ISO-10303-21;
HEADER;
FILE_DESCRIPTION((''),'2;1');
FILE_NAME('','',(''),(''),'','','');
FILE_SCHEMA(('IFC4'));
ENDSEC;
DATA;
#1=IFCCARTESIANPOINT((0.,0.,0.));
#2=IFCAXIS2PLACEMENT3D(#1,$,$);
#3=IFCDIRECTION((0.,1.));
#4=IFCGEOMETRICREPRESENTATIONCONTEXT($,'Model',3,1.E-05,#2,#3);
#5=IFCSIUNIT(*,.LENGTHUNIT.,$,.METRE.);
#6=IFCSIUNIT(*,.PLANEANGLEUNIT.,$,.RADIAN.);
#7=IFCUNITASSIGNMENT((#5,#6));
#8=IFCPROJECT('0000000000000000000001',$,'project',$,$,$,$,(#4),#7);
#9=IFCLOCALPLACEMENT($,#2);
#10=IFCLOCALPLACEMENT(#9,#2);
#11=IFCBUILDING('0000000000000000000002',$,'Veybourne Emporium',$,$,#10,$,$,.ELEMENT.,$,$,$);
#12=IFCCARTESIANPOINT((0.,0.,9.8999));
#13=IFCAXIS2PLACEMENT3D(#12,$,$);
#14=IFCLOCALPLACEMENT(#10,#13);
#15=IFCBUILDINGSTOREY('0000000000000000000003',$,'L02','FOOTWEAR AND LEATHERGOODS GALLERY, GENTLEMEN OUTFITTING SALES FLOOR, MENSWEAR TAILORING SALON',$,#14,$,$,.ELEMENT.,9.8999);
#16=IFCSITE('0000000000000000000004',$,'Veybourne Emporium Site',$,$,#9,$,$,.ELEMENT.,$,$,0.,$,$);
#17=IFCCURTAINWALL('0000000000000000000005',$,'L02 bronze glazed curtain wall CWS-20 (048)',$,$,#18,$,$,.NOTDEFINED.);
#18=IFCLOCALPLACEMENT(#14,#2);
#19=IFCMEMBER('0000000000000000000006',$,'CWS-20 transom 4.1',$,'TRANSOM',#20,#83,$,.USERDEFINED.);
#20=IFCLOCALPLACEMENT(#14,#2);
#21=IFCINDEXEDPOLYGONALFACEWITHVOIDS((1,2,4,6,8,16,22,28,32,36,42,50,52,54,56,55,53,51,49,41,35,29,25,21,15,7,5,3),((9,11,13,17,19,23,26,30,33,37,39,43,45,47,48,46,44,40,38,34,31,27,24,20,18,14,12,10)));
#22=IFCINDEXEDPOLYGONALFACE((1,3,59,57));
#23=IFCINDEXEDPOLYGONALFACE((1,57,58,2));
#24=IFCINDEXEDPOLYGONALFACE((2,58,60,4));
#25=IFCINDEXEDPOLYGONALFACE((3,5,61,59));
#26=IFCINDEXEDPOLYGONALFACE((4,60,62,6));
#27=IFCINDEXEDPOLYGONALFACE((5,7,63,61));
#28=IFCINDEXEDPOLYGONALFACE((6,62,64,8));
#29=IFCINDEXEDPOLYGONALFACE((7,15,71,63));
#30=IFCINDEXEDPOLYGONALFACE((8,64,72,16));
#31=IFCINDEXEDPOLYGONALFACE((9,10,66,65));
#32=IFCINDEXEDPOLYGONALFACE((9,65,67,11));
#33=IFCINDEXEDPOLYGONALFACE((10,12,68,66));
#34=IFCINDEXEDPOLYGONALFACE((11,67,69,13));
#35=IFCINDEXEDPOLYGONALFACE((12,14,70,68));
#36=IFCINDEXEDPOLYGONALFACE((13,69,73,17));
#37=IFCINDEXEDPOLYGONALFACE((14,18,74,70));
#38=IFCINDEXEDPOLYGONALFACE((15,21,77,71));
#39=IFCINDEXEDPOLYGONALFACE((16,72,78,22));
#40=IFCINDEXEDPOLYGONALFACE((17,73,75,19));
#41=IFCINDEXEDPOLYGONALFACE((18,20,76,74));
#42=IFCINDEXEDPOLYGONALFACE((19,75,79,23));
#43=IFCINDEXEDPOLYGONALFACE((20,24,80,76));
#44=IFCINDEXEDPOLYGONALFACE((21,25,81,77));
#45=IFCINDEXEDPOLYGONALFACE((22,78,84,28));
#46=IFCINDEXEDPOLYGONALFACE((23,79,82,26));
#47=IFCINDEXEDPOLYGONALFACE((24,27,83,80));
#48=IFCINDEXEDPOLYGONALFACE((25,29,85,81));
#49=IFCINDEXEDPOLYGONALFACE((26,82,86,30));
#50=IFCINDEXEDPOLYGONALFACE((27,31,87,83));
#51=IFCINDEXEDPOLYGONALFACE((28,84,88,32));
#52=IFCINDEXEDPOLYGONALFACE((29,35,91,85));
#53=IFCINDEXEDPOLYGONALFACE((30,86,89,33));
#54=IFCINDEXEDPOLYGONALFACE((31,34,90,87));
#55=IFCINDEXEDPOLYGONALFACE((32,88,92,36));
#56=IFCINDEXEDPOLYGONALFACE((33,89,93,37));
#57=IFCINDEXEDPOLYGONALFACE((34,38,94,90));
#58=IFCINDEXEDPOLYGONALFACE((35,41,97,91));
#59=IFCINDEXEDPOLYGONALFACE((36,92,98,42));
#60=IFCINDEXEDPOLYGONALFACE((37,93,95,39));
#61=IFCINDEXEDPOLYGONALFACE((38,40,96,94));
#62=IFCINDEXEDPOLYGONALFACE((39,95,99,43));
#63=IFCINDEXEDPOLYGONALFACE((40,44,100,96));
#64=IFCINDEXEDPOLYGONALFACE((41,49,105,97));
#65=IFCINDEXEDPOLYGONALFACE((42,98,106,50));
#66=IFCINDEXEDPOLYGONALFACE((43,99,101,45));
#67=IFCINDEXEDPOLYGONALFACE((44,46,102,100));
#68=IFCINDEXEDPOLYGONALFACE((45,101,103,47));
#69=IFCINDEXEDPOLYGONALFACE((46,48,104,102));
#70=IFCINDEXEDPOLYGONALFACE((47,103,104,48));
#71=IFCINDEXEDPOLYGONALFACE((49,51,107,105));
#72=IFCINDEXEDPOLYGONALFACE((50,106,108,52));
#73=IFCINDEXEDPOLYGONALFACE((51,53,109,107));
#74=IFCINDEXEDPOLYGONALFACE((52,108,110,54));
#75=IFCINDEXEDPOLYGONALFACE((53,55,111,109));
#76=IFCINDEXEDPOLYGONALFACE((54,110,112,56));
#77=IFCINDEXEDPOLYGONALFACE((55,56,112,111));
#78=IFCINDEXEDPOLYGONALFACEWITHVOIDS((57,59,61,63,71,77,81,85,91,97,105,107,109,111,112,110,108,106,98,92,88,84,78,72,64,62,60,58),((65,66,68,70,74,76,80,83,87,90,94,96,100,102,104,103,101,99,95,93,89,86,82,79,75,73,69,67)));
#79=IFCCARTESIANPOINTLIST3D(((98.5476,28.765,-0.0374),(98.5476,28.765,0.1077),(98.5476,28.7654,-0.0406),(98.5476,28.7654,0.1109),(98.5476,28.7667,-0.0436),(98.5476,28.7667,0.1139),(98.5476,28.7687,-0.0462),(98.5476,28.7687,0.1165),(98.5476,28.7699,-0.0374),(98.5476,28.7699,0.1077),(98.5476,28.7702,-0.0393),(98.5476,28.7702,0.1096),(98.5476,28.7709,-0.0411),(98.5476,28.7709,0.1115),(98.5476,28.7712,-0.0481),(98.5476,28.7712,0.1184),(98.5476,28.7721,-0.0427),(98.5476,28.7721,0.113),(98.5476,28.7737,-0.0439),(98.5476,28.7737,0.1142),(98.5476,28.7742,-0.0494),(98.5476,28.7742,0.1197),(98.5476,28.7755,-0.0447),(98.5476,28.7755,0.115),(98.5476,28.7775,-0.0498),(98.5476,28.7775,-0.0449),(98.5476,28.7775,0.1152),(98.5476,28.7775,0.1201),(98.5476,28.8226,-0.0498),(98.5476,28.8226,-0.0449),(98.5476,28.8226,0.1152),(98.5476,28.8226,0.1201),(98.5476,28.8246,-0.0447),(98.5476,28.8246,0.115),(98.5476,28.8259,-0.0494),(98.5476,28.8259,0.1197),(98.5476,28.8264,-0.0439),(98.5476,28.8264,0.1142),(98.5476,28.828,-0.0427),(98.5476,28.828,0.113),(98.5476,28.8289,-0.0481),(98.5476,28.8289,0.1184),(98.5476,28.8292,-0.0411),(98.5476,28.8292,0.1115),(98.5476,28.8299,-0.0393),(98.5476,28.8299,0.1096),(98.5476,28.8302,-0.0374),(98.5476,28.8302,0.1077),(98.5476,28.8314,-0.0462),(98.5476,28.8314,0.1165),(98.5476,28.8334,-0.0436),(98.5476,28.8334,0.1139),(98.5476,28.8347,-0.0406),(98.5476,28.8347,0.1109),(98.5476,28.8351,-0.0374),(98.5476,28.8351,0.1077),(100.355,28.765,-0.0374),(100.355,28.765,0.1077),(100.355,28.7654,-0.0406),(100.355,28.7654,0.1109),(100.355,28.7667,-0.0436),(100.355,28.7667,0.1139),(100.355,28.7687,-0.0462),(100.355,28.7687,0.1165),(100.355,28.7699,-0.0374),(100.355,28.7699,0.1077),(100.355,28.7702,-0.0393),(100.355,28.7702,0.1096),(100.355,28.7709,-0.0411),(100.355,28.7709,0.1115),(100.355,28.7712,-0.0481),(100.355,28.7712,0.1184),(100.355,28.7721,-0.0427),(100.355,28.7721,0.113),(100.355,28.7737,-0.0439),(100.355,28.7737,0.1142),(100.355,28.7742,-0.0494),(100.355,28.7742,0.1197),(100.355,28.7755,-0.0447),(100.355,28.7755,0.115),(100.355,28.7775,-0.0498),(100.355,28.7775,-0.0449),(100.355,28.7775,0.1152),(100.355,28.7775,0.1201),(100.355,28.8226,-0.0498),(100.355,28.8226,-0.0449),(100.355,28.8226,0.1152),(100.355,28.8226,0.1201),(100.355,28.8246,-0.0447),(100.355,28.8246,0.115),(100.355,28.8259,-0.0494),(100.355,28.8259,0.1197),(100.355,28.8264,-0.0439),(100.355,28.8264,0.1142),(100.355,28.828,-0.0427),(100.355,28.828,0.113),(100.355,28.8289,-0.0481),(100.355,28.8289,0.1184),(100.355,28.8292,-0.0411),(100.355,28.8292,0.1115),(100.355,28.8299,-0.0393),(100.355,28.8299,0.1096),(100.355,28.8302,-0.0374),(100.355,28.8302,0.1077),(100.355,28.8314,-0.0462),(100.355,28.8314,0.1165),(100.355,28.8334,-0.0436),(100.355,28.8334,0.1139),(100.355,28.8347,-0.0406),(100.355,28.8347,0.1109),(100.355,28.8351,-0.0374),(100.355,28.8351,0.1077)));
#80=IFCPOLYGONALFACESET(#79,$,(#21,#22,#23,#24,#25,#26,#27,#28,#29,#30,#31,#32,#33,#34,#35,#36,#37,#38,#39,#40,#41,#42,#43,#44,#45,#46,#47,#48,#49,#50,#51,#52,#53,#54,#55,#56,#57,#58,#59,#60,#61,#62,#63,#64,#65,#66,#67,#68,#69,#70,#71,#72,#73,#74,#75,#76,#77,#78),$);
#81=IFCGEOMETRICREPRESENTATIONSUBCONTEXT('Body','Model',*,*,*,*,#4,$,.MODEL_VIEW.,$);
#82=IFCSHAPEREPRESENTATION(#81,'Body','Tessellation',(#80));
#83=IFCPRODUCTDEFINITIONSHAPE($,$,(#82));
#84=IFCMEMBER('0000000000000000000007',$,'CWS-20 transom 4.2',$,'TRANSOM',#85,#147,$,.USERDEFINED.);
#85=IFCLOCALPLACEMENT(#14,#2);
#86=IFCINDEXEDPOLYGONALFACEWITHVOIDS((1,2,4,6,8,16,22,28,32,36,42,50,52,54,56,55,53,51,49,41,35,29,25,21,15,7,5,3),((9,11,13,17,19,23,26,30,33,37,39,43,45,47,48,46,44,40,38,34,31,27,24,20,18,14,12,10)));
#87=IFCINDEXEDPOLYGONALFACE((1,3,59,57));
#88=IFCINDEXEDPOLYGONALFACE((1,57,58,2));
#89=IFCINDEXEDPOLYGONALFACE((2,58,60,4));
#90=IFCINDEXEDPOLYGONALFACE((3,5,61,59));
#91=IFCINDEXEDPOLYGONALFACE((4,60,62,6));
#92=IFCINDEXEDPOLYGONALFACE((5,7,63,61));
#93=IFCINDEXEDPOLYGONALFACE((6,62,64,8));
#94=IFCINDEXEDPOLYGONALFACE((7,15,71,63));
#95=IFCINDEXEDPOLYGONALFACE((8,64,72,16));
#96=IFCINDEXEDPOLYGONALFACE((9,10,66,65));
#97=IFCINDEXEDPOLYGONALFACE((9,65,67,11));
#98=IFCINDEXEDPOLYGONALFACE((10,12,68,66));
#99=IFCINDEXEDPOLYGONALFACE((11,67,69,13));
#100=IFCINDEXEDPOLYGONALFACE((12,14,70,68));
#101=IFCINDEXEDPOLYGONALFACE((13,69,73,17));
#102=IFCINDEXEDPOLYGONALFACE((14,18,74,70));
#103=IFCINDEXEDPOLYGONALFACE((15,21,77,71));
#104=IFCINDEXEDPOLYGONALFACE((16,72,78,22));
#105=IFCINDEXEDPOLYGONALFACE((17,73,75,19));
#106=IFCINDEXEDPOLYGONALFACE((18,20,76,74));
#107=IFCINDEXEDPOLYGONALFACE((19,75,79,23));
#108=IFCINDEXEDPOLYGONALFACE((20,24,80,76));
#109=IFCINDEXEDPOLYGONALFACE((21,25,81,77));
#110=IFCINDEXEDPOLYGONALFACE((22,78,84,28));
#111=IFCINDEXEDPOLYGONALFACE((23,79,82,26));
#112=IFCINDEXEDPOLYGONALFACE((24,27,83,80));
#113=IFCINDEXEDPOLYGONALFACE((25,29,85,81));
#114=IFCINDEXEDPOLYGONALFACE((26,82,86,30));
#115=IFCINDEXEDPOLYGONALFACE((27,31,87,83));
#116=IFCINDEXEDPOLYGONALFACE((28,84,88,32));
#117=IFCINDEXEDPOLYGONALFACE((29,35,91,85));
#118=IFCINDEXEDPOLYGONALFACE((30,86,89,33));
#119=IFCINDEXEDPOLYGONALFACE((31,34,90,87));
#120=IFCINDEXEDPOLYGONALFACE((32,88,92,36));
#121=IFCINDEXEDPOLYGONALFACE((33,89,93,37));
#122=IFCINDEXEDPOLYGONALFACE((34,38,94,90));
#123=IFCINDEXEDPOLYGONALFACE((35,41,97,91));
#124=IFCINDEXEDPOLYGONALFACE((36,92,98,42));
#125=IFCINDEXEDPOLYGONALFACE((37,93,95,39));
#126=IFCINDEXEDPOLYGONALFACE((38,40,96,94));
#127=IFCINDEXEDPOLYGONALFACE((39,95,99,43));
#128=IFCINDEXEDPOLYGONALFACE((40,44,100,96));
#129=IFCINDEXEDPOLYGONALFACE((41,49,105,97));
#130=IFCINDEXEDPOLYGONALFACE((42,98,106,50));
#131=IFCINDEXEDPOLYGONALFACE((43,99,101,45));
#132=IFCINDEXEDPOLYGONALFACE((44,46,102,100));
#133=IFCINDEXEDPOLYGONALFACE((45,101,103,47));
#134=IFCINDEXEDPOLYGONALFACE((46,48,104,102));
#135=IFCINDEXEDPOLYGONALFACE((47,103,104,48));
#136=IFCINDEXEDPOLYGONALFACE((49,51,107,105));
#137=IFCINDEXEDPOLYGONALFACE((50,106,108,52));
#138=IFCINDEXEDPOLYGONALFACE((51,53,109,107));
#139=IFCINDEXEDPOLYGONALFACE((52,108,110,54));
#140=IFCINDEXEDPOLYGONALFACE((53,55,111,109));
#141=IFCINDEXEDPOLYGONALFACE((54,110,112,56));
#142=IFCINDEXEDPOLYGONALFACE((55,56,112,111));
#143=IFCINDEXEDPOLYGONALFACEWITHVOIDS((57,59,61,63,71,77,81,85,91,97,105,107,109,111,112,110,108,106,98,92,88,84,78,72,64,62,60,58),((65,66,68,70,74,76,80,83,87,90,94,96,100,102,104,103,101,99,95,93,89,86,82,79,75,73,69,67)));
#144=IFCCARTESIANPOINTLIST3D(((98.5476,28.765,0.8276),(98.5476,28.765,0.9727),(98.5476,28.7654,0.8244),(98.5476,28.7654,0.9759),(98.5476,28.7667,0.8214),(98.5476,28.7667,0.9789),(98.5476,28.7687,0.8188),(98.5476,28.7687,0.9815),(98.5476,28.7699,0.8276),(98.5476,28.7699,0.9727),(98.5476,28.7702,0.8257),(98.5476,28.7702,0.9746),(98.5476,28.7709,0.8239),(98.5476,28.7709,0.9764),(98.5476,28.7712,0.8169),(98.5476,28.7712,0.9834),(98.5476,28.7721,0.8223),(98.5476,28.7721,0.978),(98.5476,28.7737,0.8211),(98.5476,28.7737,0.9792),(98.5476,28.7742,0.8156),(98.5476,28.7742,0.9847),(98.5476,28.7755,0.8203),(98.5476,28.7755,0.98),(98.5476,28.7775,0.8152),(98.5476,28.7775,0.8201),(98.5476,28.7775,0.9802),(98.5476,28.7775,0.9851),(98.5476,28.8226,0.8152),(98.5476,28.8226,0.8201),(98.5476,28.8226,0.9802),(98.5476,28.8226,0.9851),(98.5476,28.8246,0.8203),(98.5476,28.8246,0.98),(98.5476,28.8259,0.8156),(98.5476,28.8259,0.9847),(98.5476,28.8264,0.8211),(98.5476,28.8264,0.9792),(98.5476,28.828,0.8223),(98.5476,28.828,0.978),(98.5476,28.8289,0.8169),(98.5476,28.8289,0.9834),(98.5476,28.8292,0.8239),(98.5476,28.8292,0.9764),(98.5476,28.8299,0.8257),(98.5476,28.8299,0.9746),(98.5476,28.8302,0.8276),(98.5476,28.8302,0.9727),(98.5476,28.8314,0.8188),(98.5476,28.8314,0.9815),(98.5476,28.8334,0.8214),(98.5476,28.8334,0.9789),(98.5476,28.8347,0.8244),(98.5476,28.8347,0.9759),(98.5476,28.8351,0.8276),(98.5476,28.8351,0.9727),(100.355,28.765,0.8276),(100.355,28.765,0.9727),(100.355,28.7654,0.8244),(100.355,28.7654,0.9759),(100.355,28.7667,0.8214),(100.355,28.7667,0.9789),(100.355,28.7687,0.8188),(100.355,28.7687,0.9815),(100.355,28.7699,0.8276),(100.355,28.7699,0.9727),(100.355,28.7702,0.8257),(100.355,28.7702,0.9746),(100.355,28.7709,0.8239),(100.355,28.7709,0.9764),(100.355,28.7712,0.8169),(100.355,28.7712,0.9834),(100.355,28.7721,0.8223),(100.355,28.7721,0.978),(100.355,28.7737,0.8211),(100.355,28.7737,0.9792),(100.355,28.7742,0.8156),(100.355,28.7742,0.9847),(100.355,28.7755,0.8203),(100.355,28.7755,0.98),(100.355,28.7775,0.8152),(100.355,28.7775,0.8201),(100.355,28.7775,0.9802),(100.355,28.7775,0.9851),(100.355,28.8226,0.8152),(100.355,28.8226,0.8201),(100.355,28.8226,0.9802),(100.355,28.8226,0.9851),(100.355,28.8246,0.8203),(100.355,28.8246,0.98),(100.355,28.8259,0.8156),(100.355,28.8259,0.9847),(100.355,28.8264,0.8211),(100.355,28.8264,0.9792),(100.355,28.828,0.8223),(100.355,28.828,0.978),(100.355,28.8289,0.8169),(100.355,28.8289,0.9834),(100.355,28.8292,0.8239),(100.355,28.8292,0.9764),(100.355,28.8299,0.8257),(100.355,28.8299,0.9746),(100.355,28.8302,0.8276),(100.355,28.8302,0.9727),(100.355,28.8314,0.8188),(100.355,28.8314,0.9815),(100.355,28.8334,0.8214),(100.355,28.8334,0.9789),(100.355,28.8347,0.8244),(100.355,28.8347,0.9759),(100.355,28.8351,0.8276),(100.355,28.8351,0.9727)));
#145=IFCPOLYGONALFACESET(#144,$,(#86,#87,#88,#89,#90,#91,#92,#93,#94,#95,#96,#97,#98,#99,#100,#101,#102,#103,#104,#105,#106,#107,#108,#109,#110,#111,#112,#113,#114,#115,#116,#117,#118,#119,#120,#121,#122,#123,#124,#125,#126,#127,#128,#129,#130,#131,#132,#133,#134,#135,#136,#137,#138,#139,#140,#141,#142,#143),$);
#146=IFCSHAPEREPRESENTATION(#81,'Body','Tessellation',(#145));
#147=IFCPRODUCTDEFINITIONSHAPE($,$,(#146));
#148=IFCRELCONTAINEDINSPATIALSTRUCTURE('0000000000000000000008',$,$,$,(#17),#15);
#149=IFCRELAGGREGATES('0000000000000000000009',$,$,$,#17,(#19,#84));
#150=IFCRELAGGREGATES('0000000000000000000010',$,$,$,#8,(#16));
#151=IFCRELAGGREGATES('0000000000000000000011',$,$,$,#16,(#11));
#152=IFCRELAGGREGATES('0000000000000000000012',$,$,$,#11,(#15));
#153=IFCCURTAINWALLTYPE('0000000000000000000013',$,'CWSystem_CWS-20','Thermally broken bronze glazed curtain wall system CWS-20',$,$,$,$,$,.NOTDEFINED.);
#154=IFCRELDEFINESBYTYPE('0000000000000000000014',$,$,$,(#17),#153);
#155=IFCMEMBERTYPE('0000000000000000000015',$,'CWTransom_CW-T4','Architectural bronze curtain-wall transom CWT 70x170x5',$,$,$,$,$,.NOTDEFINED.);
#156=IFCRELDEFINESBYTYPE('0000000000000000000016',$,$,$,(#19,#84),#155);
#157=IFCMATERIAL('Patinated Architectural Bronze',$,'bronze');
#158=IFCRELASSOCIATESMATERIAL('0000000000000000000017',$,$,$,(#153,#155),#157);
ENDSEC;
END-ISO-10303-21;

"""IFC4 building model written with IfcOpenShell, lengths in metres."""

from ifc_helpers import new_model, si_unit, direction, frame, origin, origin_2d, place, context, subcontext, project, spatial, hollow_rectangle, extrude, material, material_profile, profile_set, type_object, element, aggregate, save


model = new_model("IFC4")

# Units and contexts
model_context = context("Model", 3, precision=1e-05, world=origin(), true_north=direction((0.0, 1.0)))
body_context = subcontext(model_context, "Body", "Model", "MODEL_VIEW")
ifc_project = project(units=[si_unit("LENGTHUNIT", "METRE"), si_unit("PLANEANGLEUNIT", "RADIAN")], contexts=[model_context])

# Site, building, storey
site_placement = place(None, origin())
site = spatial("IfcSite", under=ifc_project, at=site_placement, Name="Veybourne Emporium Site", CompositionType="ELEMENT", RefElevation=0.0)
building_placement = place(site_placement, origin())
building = spatial("IfcBuilding", under=site, at=building_placement, Name="Veybourne Emporium", CompositionType="ELEMENT")
storey_placement = place(building_placement, frame((0.0, 0.0, 9.8999)))
storey = spatial("IfcBuildingStorey", under=building, at=storey_placement, Name="L02", Description="FOOTWEAR AND LEATHERGOODS GALLERY, GENTLEMEN OUTFITTING SALES FLOOR, MENSWEAR TAILORING SALON", CompositionType="ELEMENT", Elevation=9.8999)

# Curtain wall, members
ifc_material_1 = material(Name="Patinated Architectural Bronze", Category="bronze")
curtain_wall_type = type_object("IfcCurtainWallType", Name="CWSystem_CWS-20", Description="Thermally broken bronze glazed curtain wall system CWS-20", PredefinedType="NOTDEFINED", material=ifc_material_1)
curtain_wall_placement = place(storey_placement, origin())
curtain_wall = element("IfcCurtainWall", 1, at=curtain_wall_placement, inside=storey, type_object=curtain_wall_type, Name="L02 bronze glazed curtain wall CWS-20 (048)", PredefinedType="NOTDEFINED")
ifc_material_profile_1 = material_profile(ifc_material_1, hollow_rectangle(XDim=0.0701, YDim=0.1699, WallThickness=0.0049, InnerFilletRadius=0.0076, OuterFilletRadius=0.0125, at=origin_2d()), Name="CWT 70x170x5")
ifc_profile_set_1 = profile_set([ifc_material_profile_1], Name="Patinated Architectural Bronze")
member_type_1 = type_object("IfcMemberType", Name="CWTransom_CW-T4", Description="Architectural bronze curtain-wall transom CWT 70x170x5", PredefinedType="NOTDEFINED", material=ifc_profile_set_1)
member_1_placement = place(storey_placement, frame((98.5476, 28.8, 0.0352), z_axis=(1.0, 0.0, 0.0), x_axis=(0.0, 1.0, 0.0)))
member_1 = element("IfcMember", 2, at=member_1_placement, type_object=member_type_1, Name="CWS-20 transom 4.1", ObjectType="TRANSOM", PredefinedType="USERDEFINED", context=body_context, shape_type="SweptSolid", body=[
    extrude(hollow_rectangle(XDim=0.0701, YDim=0.1699, WallThickness=0.0049, InnerFilletRadius=0.0076, OuterFilletRadius=0.0125, at=origin_2d()), origin(), (0.0, 0.0, 1.0), 1.8074),
])
member_2_placement = place(storey_placement, frame((98.5476, 28.8, 0.9001), z_axis=(1.0, 0.0, 0.0), x_axis=(0.0, 1.0, 0.0)))
member_2 = element("IfcMember", 3, at=member_2_placement, type_object=member_type_1, Name="CWS-20 transom 4.2", ObjectType="TRANSOM", PredefinedType="USERDEFINED", context=body_context, shape_type="SweptSolid", body=[
    extrude(hollow_rectangle(XDim=0.0701, YDim=0.1699, WallThickness=0.0049, InnerFilletRadius=0.0076, OuterFilletRadius=0.0125, at=origin_2d()), origin(), (0.0, 0.0, 1.0), 1.8074),
])
aggregate(curtain_wall, [member_1, member_2])

save(model, "model.ifc")
